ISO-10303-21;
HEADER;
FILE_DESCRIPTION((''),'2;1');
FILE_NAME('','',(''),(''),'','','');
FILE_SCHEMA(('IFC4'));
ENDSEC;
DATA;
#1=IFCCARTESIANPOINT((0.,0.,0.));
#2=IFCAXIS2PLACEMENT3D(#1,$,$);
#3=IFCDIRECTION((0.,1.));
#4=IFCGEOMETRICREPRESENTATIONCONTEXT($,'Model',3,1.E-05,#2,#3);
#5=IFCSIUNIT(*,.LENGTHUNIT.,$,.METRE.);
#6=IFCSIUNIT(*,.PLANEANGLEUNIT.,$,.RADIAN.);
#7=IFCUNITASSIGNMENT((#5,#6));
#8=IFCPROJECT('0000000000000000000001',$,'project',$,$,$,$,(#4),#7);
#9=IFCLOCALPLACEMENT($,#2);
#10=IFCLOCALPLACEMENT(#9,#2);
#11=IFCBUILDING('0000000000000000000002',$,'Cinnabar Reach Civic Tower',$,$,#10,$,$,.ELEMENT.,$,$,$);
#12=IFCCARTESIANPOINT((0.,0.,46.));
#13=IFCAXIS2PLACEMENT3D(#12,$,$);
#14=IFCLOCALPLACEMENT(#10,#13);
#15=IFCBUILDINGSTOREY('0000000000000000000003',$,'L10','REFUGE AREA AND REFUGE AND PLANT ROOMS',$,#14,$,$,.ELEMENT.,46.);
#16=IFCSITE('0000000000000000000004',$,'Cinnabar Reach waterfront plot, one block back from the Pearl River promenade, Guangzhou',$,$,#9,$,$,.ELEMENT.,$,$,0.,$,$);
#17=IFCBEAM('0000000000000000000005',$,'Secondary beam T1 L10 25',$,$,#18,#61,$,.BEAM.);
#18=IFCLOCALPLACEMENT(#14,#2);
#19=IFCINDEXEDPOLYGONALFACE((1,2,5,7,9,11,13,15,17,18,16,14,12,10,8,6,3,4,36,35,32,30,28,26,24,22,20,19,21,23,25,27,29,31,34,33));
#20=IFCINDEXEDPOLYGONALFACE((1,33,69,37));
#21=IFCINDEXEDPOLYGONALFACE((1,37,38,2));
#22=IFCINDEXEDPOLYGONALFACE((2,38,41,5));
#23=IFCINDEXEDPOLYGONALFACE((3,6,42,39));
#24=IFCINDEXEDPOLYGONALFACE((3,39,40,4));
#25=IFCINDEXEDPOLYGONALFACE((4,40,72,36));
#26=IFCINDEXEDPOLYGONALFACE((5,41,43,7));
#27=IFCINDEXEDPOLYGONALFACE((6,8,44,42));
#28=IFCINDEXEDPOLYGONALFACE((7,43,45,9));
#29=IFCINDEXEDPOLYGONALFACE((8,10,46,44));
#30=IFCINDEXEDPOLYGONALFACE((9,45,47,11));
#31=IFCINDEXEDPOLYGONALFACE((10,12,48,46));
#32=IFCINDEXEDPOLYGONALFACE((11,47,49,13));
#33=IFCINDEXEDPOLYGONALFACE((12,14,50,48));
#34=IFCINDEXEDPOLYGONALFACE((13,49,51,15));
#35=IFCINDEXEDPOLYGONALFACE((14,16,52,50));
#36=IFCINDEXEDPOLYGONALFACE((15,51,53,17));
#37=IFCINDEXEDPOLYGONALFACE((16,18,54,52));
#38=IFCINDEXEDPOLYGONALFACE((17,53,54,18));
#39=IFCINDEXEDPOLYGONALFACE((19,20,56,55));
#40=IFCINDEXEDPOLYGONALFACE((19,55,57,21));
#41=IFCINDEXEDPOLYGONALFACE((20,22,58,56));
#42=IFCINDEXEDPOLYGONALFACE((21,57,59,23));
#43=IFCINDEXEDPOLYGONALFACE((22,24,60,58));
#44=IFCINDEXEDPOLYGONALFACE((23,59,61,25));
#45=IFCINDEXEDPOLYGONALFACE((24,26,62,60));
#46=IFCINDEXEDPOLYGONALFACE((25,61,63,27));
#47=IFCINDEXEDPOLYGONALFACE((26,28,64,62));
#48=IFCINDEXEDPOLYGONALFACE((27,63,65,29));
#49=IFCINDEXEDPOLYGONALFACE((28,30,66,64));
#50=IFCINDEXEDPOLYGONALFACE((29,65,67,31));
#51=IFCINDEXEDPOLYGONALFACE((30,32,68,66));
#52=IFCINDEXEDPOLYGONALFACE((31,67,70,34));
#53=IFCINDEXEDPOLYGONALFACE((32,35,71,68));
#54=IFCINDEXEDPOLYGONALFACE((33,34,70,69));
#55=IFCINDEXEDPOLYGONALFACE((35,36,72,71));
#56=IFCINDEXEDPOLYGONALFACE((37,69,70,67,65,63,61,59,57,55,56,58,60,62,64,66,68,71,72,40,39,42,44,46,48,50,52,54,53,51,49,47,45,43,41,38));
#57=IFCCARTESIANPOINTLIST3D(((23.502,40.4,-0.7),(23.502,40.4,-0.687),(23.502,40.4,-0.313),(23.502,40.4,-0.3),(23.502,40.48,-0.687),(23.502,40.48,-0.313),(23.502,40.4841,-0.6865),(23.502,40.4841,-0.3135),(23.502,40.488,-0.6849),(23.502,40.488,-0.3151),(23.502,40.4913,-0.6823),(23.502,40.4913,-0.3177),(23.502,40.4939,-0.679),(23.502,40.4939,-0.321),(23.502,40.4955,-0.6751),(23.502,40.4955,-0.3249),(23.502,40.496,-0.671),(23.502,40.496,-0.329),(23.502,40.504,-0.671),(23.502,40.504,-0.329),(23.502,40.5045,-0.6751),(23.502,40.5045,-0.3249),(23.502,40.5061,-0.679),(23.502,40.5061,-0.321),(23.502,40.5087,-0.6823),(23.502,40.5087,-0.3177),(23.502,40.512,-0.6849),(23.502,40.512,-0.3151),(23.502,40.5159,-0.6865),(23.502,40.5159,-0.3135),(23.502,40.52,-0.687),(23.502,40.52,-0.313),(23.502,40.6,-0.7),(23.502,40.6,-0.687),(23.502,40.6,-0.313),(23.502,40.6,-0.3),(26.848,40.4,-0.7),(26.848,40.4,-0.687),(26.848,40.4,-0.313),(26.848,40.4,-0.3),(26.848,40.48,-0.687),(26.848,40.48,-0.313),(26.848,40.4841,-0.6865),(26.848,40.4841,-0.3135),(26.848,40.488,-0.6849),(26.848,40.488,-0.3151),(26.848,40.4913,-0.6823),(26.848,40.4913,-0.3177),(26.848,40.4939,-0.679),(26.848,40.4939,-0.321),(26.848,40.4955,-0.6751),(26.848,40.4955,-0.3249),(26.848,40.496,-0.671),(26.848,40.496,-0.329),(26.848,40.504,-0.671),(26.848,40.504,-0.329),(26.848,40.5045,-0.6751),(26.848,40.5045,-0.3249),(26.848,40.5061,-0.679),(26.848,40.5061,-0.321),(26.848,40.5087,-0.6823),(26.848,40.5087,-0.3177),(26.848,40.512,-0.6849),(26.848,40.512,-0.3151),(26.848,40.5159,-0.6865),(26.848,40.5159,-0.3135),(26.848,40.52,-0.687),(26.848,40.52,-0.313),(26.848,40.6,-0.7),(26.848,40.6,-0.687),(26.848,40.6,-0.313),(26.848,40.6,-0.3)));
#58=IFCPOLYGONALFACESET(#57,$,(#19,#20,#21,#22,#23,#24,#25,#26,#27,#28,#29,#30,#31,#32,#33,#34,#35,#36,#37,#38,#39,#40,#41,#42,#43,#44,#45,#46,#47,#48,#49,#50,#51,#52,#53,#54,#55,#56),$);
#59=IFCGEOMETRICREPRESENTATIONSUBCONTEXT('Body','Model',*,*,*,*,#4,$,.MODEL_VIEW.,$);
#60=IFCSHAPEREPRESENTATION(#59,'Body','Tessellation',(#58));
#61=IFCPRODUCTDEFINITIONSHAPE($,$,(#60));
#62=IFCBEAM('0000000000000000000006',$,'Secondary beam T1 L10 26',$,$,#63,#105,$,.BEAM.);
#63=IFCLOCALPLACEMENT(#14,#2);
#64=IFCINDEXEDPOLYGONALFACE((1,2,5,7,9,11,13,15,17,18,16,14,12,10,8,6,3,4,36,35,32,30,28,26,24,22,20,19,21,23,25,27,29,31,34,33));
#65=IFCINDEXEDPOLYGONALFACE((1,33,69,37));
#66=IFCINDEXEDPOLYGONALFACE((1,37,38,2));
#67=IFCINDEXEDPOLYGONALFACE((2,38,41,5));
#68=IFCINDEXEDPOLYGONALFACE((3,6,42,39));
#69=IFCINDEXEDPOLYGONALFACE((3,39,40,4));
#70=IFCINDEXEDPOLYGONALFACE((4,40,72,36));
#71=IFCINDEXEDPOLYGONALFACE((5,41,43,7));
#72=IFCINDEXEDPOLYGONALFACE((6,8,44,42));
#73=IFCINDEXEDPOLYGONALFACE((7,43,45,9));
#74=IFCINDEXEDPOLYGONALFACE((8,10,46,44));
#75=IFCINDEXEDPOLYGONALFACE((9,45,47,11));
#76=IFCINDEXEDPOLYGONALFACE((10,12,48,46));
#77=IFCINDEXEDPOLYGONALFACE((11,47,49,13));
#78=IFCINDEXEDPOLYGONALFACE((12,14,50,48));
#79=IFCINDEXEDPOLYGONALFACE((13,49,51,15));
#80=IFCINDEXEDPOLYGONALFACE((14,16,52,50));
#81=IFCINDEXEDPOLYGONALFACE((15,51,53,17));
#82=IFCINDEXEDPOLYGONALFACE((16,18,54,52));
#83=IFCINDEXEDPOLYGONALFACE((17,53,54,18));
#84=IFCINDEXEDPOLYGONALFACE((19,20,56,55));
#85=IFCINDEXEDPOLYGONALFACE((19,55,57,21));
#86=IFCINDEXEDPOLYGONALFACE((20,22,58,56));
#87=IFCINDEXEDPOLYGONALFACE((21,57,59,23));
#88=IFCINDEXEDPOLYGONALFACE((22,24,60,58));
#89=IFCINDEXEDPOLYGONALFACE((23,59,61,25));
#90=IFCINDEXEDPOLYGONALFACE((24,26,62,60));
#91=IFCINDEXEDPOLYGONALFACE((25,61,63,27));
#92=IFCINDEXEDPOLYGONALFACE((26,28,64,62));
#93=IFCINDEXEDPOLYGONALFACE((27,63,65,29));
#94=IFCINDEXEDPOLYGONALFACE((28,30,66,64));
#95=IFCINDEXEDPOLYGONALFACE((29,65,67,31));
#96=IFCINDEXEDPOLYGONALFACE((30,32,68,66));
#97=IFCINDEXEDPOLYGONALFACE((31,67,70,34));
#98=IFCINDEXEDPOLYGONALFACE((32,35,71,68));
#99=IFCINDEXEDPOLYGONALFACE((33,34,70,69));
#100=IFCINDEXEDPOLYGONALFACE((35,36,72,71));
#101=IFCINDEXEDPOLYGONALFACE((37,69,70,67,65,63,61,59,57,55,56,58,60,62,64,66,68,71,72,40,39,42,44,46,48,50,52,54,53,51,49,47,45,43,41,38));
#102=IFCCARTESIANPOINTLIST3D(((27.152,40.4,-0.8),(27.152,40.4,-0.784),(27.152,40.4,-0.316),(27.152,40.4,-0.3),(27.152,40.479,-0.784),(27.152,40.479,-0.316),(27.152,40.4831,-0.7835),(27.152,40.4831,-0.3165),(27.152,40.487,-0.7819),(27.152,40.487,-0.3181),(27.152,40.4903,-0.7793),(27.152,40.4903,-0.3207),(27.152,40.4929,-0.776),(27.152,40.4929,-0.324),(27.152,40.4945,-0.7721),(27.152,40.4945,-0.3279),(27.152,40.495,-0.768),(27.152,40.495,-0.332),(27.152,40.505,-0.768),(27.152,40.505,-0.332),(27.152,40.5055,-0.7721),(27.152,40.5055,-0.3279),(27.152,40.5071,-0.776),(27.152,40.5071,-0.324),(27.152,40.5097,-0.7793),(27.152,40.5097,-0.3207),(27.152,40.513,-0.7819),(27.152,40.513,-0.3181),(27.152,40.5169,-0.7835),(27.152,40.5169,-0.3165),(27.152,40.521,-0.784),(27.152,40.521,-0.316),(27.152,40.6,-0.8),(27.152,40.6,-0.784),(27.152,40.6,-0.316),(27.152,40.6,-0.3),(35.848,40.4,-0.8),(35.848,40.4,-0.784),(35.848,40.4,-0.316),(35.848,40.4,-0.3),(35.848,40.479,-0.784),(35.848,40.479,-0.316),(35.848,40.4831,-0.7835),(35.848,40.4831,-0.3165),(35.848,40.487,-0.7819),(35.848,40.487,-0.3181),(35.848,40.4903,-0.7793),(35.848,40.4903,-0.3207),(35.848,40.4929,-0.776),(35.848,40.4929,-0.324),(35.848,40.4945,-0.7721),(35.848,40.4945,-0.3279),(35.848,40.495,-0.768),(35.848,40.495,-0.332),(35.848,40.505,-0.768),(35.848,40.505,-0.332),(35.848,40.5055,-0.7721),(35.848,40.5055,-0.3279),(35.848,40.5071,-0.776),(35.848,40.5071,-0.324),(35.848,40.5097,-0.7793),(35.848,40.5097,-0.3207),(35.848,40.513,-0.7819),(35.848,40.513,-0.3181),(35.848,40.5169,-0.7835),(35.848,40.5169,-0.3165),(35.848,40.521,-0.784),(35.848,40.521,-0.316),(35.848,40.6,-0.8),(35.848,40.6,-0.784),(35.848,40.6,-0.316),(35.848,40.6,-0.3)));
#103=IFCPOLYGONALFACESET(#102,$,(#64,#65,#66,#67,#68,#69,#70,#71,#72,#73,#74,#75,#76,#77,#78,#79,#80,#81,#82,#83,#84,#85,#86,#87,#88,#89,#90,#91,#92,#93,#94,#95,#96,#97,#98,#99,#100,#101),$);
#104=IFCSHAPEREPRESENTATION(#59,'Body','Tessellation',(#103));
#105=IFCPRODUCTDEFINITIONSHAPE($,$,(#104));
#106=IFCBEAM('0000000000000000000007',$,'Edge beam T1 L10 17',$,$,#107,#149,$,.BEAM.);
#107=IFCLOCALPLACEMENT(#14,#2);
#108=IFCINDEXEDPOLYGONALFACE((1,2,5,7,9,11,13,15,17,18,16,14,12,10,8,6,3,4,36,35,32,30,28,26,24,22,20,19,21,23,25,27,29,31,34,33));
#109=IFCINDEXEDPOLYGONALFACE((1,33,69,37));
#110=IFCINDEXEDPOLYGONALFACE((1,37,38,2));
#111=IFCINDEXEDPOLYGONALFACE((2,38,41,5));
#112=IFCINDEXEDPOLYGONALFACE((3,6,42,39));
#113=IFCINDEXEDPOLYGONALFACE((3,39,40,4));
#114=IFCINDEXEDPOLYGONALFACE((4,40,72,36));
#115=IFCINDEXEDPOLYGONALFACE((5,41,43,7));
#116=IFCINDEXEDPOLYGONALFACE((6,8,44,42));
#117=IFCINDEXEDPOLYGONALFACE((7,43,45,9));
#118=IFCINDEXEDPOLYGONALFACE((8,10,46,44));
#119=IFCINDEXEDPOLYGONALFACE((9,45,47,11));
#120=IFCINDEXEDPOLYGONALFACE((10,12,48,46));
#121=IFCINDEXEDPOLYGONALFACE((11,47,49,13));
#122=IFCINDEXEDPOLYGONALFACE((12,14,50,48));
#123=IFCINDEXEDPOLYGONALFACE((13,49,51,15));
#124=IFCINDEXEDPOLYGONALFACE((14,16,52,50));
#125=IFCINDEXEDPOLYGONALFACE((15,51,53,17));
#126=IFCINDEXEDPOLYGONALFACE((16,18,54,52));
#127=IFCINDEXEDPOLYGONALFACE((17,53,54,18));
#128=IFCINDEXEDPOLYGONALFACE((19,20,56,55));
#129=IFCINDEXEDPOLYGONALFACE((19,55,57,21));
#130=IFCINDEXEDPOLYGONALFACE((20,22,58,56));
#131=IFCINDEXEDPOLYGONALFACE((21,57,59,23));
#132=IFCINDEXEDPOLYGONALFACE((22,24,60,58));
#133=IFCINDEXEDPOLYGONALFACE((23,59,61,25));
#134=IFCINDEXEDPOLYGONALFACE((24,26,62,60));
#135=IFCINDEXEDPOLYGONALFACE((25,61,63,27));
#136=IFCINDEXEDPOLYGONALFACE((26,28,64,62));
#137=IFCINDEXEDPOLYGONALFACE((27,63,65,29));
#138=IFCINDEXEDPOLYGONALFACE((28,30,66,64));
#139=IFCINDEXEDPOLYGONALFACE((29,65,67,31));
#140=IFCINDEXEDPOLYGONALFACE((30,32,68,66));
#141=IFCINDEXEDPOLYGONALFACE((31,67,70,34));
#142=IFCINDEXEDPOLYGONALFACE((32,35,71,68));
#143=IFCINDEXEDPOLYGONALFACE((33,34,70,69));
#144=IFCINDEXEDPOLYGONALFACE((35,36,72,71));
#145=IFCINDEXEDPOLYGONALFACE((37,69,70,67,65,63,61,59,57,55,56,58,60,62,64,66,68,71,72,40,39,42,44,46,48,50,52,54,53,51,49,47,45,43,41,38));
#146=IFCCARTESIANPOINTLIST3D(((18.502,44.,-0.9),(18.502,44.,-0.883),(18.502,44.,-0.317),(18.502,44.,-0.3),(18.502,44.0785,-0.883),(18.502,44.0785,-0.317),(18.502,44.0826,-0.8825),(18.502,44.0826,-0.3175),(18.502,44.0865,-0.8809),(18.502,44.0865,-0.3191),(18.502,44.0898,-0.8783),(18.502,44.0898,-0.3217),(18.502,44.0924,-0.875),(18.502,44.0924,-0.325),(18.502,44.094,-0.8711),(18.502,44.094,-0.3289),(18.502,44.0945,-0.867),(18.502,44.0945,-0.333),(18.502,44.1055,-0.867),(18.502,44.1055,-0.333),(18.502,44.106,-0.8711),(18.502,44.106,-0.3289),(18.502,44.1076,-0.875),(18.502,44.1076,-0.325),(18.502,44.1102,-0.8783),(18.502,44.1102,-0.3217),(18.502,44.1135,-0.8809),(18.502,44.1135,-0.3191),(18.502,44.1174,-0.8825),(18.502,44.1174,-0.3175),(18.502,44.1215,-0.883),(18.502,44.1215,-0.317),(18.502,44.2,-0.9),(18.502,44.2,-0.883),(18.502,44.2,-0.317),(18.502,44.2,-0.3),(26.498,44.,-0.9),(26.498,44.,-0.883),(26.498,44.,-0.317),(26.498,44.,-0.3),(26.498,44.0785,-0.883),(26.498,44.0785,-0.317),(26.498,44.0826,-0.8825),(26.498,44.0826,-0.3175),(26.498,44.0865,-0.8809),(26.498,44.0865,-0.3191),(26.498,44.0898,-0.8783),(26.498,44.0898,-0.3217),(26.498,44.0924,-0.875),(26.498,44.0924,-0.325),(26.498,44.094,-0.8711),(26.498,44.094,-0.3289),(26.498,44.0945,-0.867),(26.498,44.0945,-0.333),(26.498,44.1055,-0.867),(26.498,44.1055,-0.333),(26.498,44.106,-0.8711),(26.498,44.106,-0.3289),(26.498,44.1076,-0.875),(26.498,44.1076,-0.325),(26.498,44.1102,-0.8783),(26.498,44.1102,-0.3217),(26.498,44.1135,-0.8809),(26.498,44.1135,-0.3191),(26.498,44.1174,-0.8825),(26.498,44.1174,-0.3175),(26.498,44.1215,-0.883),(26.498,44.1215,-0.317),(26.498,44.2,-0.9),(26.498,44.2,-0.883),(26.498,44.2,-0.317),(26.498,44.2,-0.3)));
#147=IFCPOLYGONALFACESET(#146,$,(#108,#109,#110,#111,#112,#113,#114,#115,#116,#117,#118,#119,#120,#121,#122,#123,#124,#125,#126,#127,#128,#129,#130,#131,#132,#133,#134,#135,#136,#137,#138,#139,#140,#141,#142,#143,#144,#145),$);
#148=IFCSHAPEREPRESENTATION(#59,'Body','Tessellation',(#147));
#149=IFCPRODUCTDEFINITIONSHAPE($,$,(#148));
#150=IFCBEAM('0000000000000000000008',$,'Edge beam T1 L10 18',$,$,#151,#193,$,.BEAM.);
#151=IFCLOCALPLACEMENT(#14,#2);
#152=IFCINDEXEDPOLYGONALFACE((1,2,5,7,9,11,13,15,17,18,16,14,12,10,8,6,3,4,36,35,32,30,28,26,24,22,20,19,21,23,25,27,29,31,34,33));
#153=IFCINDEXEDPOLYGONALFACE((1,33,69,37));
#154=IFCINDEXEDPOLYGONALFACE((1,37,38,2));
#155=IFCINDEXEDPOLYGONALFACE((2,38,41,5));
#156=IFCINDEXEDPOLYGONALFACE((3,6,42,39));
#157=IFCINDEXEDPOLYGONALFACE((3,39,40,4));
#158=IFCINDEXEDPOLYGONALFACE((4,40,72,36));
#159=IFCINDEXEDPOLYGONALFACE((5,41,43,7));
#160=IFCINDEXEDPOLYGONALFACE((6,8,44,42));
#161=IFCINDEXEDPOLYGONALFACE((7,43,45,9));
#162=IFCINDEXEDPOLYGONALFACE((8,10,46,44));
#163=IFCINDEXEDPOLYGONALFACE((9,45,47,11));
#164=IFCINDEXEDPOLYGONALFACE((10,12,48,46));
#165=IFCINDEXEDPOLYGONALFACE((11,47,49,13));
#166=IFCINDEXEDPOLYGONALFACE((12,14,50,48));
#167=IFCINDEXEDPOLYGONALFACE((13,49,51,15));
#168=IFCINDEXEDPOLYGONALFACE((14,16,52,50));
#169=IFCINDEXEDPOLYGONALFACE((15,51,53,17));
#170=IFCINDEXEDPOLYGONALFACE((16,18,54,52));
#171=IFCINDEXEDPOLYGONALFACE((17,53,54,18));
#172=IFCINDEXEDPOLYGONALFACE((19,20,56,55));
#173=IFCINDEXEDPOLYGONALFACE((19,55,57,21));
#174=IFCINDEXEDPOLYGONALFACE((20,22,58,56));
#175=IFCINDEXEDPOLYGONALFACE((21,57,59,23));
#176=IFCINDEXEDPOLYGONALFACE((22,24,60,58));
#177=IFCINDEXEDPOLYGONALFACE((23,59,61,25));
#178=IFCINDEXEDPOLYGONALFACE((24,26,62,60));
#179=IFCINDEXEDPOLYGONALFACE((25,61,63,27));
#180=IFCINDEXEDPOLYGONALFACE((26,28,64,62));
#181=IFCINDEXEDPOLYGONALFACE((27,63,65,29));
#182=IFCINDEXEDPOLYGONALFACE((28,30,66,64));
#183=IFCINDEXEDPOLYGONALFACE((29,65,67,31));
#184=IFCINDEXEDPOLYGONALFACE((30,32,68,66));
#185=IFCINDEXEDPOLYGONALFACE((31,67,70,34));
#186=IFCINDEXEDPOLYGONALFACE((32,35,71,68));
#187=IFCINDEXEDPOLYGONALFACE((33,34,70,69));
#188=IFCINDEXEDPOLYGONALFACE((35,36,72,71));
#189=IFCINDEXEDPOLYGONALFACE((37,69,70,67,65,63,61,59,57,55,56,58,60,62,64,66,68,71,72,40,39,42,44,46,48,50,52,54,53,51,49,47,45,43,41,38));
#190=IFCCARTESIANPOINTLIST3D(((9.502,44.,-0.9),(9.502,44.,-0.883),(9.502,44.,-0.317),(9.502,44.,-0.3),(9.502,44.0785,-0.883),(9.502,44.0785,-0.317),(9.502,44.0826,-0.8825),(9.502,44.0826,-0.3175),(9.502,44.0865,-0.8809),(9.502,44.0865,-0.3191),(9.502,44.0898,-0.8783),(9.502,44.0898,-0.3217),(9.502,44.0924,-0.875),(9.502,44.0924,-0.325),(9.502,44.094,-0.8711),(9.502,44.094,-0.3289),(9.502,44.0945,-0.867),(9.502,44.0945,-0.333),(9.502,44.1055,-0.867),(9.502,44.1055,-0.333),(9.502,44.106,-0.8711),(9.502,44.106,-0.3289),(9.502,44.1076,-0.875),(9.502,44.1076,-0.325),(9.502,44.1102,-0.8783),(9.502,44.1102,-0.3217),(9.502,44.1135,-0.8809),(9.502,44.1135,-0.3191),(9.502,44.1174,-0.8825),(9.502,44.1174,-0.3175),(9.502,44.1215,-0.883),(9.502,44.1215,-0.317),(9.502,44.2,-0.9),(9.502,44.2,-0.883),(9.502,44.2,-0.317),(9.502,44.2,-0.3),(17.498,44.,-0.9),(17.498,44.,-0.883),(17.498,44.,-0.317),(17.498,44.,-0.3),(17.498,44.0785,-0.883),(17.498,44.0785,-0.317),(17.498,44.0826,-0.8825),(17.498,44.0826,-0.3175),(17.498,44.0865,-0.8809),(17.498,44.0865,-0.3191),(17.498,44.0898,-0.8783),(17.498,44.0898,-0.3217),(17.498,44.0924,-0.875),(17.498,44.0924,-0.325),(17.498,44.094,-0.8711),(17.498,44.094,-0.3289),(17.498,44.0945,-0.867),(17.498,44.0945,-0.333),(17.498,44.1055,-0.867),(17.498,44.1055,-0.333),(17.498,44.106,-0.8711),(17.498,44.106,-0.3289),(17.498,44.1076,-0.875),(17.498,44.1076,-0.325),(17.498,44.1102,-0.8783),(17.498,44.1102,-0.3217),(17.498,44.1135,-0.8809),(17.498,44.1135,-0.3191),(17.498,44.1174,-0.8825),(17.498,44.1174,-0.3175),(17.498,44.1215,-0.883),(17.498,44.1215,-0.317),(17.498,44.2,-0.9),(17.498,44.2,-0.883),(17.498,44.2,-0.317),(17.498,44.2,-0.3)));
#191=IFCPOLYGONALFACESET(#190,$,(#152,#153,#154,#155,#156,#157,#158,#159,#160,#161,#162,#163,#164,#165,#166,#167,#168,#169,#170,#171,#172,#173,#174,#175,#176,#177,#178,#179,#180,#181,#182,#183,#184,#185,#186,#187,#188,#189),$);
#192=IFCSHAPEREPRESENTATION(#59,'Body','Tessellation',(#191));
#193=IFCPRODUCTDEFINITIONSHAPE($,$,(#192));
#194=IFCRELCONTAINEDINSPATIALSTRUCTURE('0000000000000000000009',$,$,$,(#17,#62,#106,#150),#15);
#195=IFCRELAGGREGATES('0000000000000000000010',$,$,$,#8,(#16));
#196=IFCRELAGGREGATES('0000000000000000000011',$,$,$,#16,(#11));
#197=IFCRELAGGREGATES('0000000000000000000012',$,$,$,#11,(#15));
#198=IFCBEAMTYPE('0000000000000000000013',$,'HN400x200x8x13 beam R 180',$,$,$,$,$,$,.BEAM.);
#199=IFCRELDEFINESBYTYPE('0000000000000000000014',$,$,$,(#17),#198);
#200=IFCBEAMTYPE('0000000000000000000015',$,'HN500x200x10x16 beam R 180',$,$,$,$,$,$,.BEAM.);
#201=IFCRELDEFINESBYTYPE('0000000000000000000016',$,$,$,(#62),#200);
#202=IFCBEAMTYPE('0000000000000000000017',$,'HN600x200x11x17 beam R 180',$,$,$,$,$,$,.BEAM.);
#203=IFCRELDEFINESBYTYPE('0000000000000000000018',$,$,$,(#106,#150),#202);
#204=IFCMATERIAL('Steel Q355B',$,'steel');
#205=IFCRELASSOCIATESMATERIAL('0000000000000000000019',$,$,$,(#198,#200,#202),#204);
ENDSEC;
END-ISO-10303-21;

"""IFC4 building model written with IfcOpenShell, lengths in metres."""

from ifc_helpers import new_model, si_unit, direction, frame, origin, origin_2d, place, context, subcontext, project, spatial, i_section, extrude, material, material_profile, profile_set, type_object, element, save


model = new_model("IFC4")

# Units and contexts
model_context = context("Model", 3, precision=1e-05, world=origin(), true_north=direction((0.0, 1.0)))
body_context = subcontext(model_context, "Body", "Model", "MODEL_VIEW")
ifc_project = project(units=[si_unit("LENGTHUNIT", "METRE"), si_unit("PLANEANGLEUNIT", "RADIAN")], contexts=[model_context])

# Site, building, storey
site_placement = place(None, origin())
site = spatial("IfcSite", under=ifc_project, at=site_placement, Name="Cinnabar Reach waterfront plot, one block back from the Pearl River promenade, Guangzhou", CompositionType="ELEMENT", RefElevation=0.0)
building_placement = place(site_placement, origin())
building = spatial("IfcBuilding", under=site, at=building_placement, Name="Cinnabar Reach Civic Tower", CompositionType="ELEMENT")
storey_placement = place(building_placement, frame((0.0, 0.0, 46.0)))
storey = spatial("IfcBuildingStorey", under=building, at=storey_placement, Name="L10", Description="REFUGE AREA AND REFUGE AND PLANT ROOMS", CompositionType="ELEMENT", Elevation=46.0)

# Shared definitions
ifc_material_1 = material(Name="Steel Q355B", Category="steel")

# Beams
ifc_material_profile_1 = material_profile(ifc_material_1, i_section(OverallWidth=0.2, OverallDepth=0.4, WebThickness=0.008, FlangeThickness=0.013, FilletRadius=0.016, at=origin_2d()), Name="HN400x200x8x13")
ifc_profile_set_1 = profile_set([ifc_material_profile_1], Name="Steel Q355B")
beam_type_1 = type_object("IfcBeamType", Name="HN400x200x8x13 beam R 180", PredefinedType="BEAM", material=ifc_profile_set_1)
beam_1_placement = place(storey_placement, frame((23.502, 40.5, -0.5), z_axis=(1.0, 0.0, 0.0), x_axis=(0.0, 1.0, 0.0)))
element("IfcBeam", 1, at=beam_1_placement, inside=storey, type_object=beam_type_1, Name="Secondary beam T1 L10 25", PredefinedType="BEAM", context=body_context, shape_type="SweptSolid", body=[
    extrude(i_section(OverallWidth=0.2, OverallDepth=0.4, WebThickness=0.008, FlangeThickness=0.013, FilletRadius=0.016, at=origin_2d()), origin(), (0.0, 0.0, 1.0), 3.346),
])
ifc_material_profile_2 = material_profile(ifc_material_1, i_section(OverallWidth=0.2, OverallDepth=0.5, WebThickness=0.01, FlangeThickness=0.016, FilletRadius=0.016, at=origin_2d()), Name="HN500x200x10x16")
ifc_profile_set_2 = profile_set([ifc_material_profile_2], Name="Steel Q355B")
beam_type_2 = type_object("IfcBeamType", Name="HN500x200x10x16 beam R 180", PredefinedType="BEAM", material=ifc_profile_set_2)
beam_2_placement = place(storey_placement, frame((27.152, 40.5, -0.55), z_axis=(1.0, 0.0, 0.0), x_axis=(0.0, 1.0, 0.0)))
element("IfcBeam", 2, at=beam_2_placement, inside=storey, type_object=beam_type_2, Name="Secondary beam T1 L10 26", PredefinedType="BEAM", context=body_context, shape_type="SweptSolid", body=[
    extrude(i_section(OverallWidth=0.2, OverallDepth=0.5, WebThickness=0.01, FlangeThickness=0.016, FilletRadius=0.016, at=origin_2d()), origin(), (0.0, 0.0, 1.0), 8.696),
])
ifc_material_profile_3 = material_profile(ifc_material_1, i_section(OverallWidth=0.2, OverallDepth=0.6, WebThickness=0.011, FlangeThickness=0.017, FilletRadius=0.016, at=origin_2d()), Name="HN600x200x11x17")
ifc_profile_set_3 = profile_set([ifc_material_profile_3], Name="Steel Q355B")
beam_type_3 = type_object("IfcBeamType", Name="HN600x200x11x17 beam R 180", PredefinedType="BEAM", material=ifc_profile_set_3)
for number, where, z_axis, x_axis, name in (
    (3, (26.498, 44.1, -0.6), (-1.0, 0.0, 0.0), (0.0, -1.0, 0.0), "Edge beam T1 L10 17"),
    (4, (17.498, 44.1, -0.6), (-1.0, 0.0, 0.0), (0.0, -1.0, 0.0), "Edge beam T1 L10 18"),
):
    element("IfcBeam", number, at=place(storey_placement, frame(where, z_axis=z_axis, x_axis=x_axis)), inside=storey, type_object=beam_type_3, Name=name, PredefinedType="BEAM", context=body_context, shape_type="SweptSolid", body=[
        extrude(i_section(OverallWidth=0.2, OverallDepth=0.6, WebThickness=0.011, FlangeThickness=0.017, FilletRadius=0.016, at=origin_2d()), origin(), (0.0, 0.0, 1.0), 7.996),
    ])

save(model, "model.ifc")
